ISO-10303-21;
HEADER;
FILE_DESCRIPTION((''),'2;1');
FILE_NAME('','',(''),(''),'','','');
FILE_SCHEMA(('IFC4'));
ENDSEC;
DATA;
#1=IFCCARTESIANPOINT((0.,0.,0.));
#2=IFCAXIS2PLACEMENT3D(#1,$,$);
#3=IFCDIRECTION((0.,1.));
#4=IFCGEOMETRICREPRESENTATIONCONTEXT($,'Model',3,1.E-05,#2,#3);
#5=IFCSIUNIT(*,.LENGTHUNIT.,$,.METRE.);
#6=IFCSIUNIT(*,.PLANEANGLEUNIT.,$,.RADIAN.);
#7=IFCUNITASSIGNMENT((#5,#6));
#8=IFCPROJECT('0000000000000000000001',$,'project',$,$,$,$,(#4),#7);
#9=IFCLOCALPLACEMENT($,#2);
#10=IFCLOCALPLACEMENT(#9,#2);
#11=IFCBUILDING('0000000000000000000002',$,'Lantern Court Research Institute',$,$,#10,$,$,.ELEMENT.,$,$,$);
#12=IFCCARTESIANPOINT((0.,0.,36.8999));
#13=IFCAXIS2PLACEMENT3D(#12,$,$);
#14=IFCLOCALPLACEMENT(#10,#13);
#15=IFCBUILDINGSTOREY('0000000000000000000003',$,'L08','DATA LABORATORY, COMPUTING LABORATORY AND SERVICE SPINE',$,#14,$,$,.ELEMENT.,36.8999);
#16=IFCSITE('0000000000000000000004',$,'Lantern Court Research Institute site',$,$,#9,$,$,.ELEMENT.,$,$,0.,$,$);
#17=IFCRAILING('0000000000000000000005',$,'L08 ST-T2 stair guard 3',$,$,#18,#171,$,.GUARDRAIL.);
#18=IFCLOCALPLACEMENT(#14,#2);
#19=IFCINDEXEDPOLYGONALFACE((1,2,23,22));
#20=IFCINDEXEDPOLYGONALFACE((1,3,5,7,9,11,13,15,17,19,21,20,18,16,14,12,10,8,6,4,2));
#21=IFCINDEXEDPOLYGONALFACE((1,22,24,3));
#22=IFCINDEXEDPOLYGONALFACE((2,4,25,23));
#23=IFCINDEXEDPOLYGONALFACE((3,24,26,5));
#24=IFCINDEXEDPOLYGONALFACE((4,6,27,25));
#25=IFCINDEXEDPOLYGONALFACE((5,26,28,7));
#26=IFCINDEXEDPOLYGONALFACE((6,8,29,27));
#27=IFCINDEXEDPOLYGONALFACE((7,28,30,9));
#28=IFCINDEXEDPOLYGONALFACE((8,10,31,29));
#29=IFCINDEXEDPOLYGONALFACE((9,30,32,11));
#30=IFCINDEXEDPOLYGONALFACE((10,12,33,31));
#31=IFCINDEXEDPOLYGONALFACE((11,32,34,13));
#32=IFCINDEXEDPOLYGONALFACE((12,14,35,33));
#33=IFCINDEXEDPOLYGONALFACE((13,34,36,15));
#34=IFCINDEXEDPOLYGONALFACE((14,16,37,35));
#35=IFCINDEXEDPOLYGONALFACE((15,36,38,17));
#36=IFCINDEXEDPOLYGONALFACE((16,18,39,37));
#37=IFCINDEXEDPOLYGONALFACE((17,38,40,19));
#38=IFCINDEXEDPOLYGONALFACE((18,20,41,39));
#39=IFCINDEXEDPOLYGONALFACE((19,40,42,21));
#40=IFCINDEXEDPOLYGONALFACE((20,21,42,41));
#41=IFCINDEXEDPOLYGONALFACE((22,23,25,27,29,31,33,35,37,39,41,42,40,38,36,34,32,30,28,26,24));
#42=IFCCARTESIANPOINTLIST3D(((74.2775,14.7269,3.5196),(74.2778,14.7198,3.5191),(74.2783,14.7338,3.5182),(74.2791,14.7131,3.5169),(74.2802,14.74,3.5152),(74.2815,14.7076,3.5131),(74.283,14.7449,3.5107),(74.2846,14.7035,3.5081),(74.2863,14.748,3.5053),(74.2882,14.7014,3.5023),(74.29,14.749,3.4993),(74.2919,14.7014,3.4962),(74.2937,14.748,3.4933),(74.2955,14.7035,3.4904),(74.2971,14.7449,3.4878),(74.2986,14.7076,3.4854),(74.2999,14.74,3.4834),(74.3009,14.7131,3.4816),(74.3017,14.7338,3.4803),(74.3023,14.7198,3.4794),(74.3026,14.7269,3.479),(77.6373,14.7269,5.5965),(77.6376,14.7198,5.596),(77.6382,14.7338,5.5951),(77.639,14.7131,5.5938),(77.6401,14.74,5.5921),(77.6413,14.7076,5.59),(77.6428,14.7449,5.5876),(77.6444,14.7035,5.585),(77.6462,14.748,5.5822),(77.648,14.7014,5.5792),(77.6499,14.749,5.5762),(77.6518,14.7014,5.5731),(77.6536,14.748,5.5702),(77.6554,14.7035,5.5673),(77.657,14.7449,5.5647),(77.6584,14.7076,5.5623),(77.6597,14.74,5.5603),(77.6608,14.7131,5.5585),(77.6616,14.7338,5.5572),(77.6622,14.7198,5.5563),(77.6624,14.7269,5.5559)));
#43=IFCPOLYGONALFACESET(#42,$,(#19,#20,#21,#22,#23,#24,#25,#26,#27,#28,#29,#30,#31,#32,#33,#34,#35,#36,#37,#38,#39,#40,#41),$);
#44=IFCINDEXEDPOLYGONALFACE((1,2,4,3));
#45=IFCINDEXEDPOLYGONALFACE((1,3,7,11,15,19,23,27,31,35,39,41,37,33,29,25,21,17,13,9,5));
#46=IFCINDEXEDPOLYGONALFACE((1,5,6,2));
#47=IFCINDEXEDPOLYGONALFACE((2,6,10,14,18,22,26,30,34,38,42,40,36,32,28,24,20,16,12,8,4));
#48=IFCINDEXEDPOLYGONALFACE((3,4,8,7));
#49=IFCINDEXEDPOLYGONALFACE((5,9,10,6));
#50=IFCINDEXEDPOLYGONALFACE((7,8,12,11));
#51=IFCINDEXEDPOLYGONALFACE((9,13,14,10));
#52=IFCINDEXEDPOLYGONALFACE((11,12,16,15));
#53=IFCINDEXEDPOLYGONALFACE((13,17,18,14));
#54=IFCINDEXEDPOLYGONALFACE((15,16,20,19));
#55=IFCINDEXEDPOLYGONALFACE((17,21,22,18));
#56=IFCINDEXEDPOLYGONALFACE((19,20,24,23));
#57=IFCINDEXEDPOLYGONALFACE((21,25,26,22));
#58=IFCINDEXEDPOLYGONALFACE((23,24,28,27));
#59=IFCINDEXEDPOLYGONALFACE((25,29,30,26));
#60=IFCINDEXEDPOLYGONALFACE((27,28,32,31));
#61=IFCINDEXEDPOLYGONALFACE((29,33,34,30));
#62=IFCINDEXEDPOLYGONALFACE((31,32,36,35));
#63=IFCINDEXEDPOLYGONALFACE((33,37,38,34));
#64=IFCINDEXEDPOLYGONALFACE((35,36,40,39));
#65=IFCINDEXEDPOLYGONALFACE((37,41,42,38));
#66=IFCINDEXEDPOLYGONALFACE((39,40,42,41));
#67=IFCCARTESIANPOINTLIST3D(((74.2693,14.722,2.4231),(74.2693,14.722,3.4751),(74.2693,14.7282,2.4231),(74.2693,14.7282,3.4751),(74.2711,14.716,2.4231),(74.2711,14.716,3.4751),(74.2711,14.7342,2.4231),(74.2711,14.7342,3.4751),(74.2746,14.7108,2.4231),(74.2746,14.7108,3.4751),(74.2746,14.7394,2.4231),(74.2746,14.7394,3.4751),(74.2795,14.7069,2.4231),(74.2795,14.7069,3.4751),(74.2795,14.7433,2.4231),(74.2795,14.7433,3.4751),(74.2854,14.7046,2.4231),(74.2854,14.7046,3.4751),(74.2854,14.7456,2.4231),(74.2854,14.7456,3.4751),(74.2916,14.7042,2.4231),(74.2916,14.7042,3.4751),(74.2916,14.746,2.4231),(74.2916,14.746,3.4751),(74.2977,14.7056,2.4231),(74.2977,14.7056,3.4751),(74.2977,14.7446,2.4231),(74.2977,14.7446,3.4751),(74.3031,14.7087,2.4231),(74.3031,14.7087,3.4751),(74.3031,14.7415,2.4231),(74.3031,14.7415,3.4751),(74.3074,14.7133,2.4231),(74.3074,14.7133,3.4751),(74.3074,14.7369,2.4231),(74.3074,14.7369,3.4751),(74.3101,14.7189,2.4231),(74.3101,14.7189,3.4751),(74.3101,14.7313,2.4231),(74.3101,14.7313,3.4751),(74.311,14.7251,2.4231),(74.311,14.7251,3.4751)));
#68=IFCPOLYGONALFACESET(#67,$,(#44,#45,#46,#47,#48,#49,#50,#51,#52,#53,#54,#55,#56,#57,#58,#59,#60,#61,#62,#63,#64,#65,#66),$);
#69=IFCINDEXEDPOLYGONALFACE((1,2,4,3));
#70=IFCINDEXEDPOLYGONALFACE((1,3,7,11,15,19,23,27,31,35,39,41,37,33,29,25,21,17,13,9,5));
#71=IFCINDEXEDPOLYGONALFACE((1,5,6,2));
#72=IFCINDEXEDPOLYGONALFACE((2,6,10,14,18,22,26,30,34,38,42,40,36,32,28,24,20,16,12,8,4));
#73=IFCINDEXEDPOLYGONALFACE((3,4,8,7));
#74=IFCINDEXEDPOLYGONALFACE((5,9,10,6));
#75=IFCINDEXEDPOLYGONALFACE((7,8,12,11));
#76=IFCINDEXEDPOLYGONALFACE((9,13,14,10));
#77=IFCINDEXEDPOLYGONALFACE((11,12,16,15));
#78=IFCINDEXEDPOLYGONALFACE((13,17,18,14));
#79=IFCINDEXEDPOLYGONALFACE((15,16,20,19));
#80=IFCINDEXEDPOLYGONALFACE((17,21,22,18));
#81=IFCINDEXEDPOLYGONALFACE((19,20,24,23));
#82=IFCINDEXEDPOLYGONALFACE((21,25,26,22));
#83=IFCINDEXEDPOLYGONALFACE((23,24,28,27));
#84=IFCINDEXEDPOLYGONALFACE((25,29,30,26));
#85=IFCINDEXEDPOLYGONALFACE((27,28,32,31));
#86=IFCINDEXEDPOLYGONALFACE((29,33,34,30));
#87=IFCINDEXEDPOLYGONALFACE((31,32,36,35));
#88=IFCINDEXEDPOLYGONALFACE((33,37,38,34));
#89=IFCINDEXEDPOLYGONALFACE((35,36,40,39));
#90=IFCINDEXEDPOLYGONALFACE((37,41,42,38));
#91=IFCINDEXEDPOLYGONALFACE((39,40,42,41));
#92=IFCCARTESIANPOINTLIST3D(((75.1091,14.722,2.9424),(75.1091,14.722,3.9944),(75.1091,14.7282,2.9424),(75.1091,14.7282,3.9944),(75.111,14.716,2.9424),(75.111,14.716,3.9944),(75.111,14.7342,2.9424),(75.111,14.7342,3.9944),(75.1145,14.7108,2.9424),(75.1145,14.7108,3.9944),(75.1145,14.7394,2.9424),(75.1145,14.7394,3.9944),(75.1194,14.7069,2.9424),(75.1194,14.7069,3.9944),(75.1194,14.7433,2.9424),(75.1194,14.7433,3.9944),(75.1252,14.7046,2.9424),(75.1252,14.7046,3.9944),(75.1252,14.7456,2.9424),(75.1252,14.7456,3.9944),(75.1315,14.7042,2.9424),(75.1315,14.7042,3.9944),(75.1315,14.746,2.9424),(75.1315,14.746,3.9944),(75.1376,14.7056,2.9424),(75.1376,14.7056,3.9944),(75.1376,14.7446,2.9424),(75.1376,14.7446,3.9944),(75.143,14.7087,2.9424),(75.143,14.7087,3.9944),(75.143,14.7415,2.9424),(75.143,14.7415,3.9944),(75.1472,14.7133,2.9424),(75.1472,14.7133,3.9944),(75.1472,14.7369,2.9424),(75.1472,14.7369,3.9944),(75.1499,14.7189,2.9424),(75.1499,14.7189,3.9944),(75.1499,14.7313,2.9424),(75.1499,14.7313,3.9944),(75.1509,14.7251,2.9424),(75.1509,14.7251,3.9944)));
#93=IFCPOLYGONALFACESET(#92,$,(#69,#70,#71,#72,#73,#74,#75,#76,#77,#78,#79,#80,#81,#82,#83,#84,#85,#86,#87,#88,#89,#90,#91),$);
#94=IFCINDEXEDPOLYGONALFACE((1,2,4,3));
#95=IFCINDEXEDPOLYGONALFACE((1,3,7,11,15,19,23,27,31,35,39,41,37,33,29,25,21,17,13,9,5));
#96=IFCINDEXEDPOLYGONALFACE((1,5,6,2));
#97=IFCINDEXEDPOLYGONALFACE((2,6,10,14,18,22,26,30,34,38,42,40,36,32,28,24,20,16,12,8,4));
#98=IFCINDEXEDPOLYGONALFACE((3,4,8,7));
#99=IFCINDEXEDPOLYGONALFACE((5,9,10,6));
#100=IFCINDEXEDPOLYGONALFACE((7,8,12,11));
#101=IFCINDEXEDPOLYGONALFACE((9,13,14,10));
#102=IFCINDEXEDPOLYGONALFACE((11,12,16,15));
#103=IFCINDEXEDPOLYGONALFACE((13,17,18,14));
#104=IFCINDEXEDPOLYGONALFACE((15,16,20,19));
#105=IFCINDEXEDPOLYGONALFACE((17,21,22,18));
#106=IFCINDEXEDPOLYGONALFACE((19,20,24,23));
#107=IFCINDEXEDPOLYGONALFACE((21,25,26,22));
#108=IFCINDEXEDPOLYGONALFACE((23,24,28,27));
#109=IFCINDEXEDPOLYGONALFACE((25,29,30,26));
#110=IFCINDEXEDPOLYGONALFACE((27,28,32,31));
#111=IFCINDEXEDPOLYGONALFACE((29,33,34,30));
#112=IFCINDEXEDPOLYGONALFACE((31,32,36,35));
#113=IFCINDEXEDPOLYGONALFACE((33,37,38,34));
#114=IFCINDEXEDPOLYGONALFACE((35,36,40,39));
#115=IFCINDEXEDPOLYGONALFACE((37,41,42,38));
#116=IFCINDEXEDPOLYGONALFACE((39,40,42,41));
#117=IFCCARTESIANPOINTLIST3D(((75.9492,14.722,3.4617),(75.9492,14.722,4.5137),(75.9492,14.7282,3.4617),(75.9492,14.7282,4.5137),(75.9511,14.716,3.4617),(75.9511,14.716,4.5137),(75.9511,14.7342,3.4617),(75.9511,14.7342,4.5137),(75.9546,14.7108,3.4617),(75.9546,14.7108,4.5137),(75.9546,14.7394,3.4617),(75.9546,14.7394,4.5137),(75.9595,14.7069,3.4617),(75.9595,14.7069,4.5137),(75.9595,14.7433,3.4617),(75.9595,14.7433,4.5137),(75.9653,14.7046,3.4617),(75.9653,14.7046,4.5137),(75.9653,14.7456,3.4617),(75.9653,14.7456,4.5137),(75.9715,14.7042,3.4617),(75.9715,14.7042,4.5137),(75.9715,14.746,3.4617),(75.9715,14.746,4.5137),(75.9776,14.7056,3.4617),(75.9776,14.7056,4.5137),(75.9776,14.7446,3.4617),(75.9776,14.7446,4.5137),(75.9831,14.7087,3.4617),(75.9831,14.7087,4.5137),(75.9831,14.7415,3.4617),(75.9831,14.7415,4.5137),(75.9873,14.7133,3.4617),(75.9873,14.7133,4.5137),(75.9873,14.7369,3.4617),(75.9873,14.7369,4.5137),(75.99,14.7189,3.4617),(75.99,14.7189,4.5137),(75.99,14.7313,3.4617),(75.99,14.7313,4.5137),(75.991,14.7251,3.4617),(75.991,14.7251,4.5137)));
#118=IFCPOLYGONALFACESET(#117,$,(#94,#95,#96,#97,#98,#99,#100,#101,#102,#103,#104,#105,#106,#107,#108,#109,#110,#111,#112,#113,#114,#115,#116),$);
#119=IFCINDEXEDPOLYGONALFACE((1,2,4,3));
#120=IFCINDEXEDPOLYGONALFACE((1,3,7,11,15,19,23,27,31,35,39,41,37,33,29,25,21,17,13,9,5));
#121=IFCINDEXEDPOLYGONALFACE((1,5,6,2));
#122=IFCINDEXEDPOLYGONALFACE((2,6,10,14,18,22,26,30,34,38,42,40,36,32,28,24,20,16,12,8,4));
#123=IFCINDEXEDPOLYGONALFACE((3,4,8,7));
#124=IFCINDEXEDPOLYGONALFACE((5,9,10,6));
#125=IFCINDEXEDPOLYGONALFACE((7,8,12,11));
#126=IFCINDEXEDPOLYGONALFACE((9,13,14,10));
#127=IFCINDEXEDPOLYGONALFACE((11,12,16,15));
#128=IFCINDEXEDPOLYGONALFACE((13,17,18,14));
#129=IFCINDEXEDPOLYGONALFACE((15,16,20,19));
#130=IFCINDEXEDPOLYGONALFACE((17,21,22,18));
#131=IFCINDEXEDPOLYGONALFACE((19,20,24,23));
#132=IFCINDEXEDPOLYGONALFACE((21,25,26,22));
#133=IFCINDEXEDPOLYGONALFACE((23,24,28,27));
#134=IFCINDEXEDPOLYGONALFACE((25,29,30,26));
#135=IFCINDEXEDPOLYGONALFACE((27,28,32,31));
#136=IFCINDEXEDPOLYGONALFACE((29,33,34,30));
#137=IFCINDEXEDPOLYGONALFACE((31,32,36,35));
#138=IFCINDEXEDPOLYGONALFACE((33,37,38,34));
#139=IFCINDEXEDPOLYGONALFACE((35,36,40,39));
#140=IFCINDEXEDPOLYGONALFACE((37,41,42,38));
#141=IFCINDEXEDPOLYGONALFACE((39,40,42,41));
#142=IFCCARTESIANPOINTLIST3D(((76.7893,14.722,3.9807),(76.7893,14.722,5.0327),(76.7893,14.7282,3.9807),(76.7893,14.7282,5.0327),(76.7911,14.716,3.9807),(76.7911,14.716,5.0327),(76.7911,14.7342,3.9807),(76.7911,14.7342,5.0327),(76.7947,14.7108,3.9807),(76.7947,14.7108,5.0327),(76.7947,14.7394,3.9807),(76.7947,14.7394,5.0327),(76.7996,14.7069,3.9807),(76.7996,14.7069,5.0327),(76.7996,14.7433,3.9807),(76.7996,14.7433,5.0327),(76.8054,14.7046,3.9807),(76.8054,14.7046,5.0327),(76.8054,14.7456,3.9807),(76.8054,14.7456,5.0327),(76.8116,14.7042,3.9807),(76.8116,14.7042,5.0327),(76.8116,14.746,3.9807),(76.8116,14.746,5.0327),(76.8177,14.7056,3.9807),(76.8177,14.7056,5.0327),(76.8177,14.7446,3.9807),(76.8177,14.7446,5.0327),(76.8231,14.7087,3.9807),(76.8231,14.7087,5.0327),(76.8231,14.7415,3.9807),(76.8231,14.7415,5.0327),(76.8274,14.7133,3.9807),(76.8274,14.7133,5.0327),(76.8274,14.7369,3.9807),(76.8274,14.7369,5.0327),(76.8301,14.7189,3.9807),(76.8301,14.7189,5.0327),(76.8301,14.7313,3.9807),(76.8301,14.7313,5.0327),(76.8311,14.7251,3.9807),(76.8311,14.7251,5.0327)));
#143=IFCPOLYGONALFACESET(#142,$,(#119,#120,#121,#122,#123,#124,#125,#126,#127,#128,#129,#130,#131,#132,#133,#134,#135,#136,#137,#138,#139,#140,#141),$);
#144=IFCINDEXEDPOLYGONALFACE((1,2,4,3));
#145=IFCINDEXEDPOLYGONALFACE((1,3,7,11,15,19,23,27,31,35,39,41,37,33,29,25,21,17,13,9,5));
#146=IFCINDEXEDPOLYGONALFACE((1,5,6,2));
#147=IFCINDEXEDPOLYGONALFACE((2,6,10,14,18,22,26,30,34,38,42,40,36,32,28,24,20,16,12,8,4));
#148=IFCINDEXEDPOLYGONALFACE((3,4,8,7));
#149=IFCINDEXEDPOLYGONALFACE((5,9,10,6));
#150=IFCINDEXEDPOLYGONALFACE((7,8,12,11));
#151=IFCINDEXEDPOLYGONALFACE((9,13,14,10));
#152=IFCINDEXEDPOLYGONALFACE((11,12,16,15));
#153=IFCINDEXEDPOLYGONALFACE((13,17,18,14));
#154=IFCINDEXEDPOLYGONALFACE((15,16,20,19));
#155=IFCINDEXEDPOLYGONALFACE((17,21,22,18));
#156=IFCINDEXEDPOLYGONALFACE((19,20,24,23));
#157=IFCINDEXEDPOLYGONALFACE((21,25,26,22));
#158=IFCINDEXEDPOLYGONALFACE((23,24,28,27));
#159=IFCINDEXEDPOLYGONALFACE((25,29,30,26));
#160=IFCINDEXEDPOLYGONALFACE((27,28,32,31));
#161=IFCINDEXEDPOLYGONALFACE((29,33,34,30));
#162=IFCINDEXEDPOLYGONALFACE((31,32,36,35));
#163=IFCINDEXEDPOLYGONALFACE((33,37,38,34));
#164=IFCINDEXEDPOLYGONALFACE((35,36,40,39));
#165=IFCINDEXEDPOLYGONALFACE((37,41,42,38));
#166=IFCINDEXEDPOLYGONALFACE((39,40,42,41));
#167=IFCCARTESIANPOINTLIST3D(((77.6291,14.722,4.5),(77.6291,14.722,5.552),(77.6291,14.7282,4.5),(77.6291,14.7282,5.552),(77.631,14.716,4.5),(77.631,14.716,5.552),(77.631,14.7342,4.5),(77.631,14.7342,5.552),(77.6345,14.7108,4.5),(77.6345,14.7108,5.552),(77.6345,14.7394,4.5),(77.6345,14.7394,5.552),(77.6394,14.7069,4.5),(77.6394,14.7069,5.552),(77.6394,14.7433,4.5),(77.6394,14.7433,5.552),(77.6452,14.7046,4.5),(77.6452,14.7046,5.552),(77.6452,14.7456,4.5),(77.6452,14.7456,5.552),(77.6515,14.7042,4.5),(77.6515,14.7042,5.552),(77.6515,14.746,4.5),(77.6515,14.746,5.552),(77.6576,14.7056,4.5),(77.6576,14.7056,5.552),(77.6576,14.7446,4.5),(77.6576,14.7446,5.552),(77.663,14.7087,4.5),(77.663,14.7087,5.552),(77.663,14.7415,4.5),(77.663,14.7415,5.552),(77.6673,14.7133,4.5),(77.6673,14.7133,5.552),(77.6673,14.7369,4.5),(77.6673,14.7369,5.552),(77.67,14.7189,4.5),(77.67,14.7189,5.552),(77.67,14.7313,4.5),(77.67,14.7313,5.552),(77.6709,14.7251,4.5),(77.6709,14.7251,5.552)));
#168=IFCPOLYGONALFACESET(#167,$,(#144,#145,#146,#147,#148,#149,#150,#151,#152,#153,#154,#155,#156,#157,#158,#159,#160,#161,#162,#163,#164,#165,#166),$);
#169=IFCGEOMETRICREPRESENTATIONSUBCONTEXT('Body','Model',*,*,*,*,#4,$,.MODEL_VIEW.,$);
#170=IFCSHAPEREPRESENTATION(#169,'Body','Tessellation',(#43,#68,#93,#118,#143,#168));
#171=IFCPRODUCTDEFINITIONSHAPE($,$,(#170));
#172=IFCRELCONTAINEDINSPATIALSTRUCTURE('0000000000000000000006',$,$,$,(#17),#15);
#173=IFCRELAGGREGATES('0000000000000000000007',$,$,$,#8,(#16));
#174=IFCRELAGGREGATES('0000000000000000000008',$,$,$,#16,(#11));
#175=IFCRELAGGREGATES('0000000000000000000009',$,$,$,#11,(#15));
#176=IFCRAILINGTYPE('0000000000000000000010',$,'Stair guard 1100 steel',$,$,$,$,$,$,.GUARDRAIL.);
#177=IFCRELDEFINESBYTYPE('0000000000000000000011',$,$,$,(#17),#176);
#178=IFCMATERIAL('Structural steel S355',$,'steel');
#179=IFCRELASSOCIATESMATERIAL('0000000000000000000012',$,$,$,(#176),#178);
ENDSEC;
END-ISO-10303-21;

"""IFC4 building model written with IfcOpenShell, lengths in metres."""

from ifc_helpers import new_model, si_unit, direction, frame, origin, origin_2d, place, context, subcontext, project, spatial, circle, extrude, material, type_object, element, save


model = new_model("IFC4")

# Units and contexts
model_context = context("Model", 3, precision=1e-05, world=origin(), true_north=direction((0.0, 1.0)))
body_context = subcontext(model_context, "Body", "Model", "MODEL_VIEW")
ifc_project = project(units=[si_unit("LENGTHUNIT", "METRE"), si_unit("PLANEANGLEUNIT", "RADIAN")], contexts=[model_context])

# Site, building, storey
site_placement = place(None, origin())
site = spatial("IfcSite", under=ifc_project, at=site_placement, Name="Lantern Court Research Institute site", CompositionType="ELEMENT", RefElevation=0.0)
building_placement = place(site_placement, origin())
building = spatial("IfcBuilding", under=site, at=building_placement, Name="Lantern Court Research Institute", CompositionType="ELEMENT")
storey_placement = place(building_placement, frame((0.0, 0.0, 36.8999)))
storey = spatial("IfcBuildingStorey", under=building, at=storey_placement, Name="L08", Description="DATA LABORATORY, COMPUTING LABORATORY AND SERVICE SPINE", CompositionType="ELEMENT", Elevation=36.8999)

# Railing
ifc_material_1 = material(Name="Structural steel S355", Category="steel")
railing_type_1 = type_object("IfcRailingType", Name="Stair guard 1100 steel", PredefinedType="GUARDRAIL", material=ifc_material_1)
railing_1_placement = place(storey_placement, frame((74.29, 14.7251, 2.4231)))
element("IfcRailing", 1, at=railing_1_placement, inside=storey, type_object=railing_type_1, Name="L08 ST-T2 stair guard 3", PredefinedType="GUARDRAIL", context=body_context, shape_type="SweptSolid", body=[
    extrude(circle(Radius=0.0239, at=origin_2d()), frame((0.0, 0.0, 1.0762), z_axis=(0.850606, 0.0, 0.525803), x_axis=(0.0, 1.0, 0.0)), (0.0, 0.0, 1.0), 3.95),
    extrude(circle(Radius=0.021, at=origin_2d()), origin(), (0.0, 0.0, 1.0), 1.052),
    extrude(circle(Radius=0.021, at=origin_2d()), frame((0.8398, 0.0, 0.5193)), (0.0, 0.0, 1.0), 1.052),
    extrude(circle(Radius=0.021, at=origin_2d()), frame((1.6799, 0.0, 1.0386)), (0.0, 0.0, 1.0), 1.052),
    extrude(circle(Radius=0.021, at=origin_2d()), frame((2.52, 0.0, 1.5576)), (0.0, 0.0, 1.0), 1.052),
    extrude(circle(Radius=0.021, at=origin_2d()), frame((3.3599, 0.0, 2.0769)), (0.0, 0.0, 1.0), 1.052),
])

save(model, "model.ifc")
